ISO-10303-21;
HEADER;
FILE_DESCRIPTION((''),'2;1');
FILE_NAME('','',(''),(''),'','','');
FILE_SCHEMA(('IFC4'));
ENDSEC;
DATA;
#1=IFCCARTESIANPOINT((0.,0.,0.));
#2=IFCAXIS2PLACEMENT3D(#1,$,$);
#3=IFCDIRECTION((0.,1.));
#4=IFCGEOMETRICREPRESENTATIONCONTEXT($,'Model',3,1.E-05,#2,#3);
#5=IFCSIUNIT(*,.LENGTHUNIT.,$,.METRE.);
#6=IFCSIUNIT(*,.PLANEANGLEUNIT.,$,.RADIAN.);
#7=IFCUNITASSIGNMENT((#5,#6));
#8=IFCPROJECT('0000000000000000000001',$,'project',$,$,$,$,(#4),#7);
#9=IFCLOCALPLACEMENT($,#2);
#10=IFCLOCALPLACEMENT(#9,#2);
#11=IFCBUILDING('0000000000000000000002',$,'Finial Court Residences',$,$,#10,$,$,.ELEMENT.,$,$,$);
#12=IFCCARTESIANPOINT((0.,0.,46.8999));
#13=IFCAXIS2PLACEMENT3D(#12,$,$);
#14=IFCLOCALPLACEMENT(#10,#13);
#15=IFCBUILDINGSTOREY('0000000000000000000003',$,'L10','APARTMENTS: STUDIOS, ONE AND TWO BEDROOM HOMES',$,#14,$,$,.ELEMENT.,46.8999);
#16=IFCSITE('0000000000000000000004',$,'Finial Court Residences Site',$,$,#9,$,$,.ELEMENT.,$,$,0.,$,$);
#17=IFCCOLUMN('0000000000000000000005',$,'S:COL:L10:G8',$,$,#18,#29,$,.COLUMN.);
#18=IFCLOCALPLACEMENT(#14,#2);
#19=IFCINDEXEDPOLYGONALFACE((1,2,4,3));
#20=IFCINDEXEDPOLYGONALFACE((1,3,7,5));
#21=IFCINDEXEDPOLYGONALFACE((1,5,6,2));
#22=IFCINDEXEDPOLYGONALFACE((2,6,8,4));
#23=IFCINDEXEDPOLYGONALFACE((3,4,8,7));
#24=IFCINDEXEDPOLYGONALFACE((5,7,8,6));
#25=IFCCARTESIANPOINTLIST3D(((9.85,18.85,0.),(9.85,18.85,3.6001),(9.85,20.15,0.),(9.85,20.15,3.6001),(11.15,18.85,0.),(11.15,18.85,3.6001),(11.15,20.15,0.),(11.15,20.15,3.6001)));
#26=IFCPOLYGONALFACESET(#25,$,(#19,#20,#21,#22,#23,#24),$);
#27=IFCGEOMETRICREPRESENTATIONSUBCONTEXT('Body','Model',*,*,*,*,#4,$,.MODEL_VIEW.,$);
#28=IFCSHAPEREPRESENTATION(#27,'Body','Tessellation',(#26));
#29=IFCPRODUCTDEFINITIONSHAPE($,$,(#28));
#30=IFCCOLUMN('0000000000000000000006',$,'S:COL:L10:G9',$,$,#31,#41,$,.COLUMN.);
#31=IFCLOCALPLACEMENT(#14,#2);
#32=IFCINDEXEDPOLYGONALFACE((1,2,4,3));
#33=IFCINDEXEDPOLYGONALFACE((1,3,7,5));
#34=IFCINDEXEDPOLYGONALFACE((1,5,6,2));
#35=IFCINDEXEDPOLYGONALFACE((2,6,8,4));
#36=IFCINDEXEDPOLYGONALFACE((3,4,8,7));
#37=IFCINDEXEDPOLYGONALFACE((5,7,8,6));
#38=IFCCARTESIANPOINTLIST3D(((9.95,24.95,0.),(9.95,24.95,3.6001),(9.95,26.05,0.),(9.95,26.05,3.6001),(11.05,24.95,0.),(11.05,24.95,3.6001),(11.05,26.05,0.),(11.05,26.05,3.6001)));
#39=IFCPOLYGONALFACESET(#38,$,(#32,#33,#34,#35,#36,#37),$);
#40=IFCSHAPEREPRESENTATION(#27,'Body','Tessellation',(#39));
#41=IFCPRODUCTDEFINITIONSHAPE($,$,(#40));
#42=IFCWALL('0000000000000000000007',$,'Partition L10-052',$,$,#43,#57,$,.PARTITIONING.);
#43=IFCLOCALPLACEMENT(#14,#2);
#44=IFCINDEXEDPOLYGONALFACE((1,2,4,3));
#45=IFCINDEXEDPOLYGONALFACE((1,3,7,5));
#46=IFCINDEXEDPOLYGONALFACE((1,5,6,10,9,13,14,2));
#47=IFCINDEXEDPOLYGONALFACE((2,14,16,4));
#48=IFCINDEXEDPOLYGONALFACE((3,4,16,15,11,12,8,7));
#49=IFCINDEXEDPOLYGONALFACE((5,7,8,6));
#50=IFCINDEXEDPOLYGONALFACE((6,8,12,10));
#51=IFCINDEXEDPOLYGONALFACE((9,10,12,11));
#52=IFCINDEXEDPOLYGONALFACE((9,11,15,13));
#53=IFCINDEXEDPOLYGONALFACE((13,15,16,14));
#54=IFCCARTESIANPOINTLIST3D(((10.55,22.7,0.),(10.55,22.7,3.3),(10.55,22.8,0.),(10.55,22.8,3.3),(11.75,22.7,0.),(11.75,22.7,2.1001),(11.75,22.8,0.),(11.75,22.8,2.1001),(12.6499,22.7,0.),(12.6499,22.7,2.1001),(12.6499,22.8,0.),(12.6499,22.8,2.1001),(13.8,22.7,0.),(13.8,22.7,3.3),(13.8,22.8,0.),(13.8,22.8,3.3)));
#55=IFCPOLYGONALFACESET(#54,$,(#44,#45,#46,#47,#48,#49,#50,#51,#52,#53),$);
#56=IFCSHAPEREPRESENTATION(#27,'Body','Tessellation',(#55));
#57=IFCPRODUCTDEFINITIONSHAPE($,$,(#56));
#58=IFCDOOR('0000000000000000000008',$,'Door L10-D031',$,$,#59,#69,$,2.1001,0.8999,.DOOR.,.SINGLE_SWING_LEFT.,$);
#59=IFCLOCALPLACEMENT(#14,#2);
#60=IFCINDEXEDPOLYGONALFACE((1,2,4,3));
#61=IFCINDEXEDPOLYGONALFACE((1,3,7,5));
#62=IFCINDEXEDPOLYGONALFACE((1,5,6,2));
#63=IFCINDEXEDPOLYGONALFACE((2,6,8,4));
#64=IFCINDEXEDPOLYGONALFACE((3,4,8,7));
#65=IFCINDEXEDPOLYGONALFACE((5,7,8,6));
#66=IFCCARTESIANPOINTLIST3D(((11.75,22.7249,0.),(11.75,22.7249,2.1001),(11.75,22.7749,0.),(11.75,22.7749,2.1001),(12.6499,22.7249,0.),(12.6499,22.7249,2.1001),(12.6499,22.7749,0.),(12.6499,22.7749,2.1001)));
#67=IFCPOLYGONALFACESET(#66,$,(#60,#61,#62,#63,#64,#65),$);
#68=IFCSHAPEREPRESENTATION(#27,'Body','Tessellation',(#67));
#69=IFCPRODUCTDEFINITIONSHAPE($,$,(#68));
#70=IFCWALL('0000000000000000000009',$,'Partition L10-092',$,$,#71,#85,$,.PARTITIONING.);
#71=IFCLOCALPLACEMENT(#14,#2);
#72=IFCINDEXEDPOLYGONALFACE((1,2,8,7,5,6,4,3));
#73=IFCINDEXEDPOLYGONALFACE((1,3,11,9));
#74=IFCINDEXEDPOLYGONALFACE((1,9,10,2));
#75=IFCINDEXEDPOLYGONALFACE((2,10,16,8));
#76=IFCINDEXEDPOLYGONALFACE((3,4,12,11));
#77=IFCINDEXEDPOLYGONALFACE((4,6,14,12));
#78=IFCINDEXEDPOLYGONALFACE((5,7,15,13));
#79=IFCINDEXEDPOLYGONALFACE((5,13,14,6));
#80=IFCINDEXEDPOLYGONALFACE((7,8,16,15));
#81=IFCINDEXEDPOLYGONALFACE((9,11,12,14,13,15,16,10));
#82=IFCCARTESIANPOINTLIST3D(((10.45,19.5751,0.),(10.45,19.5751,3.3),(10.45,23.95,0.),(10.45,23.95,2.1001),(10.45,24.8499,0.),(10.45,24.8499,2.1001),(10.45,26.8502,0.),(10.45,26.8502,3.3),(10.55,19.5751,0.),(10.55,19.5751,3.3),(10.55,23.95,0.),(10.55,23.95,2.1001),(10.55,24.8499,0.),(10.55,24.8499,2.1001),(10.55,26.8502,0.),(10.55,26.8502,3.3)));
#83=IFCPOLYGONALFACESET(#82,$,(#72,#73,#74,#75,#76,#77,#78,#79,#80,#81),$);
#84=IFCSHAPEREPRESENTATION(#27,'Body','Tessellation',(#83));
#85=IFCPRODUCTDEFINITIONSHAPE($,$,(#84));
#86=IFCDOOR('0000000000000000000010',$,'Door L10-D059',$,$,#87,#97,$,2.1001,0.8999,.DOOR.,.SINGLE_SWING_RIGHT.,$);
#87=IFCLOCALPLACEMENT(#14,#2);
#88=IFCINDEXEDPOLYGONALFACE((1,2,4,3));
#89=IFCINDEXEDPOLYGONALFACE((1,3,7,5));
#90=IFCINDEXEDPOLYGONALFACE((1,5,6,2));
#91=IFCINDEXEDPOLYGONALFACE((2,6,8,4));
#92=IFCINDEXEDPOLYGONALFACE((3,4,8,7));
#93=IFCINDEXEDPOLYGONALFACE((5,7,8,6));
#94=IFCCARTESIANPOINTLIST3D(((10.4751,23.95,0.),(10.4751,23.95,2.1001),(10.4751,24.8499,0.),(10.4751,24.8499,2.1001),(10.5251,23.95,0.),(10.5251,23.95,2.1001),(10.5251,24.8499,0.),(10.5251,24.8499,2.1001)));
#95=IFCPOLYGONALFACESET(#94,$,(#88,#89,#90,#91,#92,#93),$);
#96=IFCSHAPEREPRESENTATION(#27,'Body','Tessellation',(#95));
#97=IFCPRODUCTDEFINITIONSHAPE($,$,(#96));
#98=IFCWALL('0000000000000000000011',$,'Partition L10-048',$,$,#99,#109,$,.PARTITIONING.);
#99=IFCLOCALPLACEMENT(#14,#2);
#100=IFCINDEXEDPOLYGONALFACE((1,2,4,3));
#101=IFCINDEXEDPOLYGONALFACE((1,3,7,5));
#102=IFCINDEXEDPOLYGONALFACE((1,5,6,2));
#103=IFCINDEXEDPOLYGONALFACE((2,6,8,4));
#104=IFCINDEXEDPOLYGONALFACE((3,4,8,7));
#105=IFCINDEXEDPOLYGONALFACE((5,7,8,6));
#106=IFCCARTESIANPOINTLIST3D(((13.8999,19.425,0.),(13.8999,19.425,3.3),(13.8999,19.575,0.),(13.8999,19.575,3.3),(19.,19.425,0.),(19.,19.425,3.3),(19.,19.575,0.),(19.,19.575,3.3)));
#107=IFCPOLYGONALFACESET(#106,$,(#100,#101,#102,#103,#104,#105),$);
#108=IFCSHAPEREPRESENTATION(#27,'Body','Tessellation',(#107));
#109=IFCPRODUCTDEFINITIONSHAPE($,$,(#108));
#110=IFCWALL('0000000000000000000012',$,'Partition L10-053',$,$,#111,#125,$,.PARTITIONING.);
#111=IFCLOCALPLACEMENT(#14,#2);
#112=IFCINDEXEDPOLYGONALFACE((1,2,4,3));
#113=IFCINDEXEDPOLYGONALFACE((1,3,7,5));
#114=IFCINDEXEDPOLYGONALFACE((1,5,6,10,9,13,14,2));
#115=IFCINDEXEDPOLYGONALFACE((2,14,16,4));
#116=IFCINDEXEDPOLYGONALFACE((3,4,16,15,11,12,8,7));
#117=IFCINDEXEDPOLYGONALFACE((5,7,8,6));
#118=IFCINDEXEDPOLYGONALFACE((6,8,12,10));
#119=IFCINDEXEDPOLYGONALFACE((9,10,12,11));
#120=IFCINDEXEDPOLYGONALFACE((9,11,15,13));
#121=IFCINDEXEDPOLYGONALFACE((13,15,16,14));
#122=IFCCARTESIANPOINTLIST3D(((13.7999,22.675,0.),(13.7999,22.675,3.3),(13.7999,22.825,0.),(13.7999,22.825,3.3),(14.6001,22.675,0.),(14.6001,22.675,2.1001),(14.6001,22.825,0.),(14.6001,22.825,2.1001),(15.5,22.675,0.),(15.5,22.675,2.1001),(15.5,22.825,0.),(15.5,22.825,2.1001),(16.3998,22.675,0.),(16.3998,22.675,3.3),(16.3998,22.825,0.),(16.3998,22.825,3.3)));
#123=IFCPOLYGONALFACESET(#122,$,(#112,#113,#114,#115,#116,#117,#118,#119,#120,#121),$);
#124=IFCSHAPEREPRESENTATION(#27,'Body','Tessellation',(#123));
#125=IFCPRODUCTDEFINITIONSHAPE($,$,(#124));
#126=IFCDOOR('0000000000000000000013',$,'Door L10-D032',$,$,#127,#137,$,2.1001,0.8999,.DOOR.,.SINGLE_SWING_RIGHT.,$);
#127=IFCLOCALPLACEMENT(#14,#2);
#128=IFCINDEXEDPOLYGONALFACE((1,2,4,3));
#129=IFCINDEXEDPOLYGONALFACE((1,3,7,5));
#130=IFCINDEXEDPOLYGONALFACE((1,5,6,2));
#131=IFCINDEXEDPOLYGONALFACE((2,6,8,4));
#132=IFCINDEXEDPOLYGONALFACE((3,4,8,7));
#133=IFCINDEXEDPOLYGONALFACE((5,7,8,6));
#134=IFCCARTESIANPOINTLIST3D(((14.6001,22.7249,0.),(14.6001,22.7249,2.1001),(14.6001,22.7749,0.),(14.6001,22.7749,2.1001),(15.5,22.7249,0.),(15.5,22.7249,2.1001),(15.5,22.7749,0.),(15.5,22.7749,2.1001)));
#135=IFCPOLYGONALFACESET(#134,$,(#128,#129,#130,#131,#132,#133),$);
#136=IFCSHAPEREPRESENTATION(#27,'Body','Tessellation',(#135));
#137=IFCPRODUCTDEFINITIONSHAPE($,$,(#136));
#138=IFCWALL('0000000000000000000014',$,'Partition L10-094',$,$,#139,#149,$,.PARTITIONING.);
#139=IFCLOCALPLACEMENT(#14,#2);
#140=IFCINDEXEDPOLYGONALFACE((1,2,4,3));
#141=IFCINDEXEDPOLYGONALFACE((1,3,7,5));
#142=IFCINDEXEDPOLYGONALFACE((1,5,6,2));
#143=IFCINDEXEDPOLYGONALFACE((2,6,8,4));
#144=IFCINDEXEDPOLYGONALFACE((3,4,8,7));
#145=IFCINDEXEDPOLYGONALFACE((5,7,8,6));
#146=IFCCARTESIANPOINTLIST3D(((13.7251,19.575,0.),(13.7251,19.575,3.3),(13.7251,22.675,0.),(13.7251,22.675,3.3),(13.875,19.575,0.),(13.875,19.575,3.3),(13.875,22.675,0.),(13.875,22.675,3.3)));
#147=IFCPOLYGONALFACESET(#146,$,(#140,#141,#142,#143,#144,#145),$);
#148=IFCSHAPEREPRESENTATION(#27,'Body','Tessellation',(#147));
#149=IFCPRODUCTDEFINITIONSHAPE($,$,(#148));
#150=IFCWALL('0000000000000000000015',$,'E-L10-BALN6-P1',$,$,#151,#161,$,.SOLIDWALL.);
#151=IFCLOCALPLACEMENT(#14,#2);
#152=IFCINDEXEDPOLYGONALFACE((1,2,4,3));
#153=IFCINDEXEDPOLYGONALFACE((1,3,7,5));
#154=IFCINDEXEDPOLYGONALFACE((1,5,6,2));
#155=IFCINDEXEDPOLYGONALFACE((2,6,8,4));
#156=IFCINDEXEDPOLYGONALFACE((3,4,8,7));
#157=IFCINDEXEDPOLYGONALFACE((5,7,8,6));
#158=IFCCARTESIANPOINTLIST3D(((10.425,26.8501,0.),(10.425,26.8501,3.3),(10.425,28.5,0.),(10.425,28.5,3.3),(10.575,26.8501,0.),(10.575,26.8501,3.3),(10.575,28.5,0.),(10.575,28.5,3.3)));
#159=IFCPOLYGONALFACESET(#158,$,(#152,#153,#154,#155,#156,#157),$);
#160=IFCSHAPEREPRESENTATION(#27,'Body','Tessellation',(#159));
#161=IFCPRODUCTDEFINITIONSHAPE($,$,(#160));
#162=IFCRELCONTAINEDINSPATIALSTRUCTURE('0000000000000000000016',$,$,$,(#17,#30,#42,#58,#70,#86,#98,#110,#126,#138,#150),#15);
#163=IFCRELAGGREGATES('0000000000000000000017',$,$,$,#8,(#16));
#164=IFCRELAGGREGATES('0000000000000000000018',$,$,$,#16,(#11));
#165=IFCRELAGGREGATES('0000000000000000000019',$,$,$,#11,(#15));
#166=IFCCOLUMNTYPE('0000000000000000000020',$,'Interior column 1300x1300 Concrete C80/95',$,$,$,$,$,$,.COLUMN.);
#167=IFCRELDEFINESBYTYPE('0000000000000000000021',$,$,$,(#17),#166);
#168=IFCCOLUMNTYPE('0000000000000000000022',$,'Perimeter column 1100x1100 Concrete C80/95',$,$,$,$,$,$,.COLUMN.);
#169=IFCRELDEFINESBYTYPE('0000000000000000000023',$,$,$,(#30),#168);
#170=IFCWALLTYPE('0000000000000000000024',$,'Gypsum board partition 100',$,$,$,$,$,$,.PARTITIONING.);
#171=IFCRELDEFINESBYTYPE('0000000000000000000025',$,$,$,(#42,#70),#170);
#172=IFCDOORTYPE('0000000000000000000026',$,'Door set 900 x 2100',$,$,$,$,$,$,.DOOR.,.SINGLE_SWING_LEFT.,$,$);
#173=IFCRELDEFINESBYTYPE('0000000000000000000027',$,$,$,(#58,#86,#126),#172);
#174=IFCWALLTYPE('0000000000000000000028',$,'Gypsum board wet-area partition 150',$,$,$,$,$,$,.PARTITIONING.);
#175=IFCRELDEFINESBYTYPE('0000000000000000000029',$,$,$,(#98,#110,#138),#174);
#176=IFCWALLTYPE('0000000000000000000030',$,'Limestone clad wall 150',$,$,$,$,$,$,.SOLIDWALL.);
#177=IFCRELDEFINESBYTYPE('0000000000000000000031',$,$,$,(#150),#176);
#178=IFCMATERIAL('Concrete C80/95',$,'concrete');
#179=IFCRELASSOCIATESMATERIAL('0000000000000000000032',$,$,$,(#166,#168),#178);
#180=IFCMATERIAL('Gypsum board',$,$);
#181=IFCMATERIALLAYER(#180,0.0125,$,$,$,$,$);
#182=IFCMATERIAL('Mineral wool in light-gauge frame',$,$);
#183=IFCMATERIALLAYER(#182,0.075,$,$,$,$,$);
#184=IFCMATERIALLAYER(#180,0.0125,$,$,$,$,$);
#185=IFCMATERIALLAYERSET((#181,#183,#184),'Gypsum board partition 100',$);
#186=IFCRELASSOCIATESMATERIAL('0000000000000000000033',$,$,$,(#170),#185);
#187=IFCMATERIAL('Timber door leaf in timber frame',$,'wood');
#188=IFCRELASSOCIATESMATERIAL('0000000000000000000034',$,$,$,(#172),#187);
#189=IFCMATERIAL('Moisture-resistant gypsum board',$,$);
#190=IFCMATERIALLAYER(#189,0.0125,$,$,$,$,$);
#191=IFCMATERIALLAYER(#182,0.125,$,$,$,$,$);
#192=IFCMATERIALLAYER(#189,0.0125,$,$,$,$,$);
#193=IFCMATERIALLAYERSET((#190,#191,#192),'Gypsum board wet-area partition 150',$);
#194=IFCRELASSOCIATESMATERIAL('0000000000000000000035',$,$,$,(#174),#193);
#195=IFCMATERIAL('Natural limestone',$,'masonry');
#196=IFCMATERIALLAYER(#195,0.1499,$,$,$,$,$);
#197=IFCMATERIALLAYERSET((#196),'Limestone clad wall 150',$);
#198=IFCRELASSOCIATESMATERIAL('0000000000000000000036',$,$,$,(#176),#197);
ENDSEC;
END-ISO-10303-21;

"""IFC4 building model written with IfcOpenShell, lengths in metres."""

from ifc_helpers import new_model, si_unit, direction, frame, frame_2d, origin, origin_2d, place, context, subcontext, project, spatial, rectangle, extrude, material, layer, layer_set, material_profile, profile_set, type_object, element, fill, save


model = new_model("IFC4")

# Units and contexts
model_context = context("Model", 3, precision=1e-05, world=origin(), true_north=direction((0.0, 1.0)))
body_context = subcontext(model_context, "Body", "Model", "MODEL_VIEW")
ifc_project = project(units=[si_unit("LENGTHUNIT", "METRE"), si_unit("PLANEANGLEUNIT", "RADIAN")], contexts=[model_context])

# Site, building, storey
site_placement = place(None, origin())
site = spatial("IfcSite", under=ifc_project, at=site_placement, Name="Finial Court Residences Site", CompositionType="ELEMENT", RefElevation=0.0)
building_placement = place(site_placement, origin())
building = spatial("IfcBuilding", under=site, at=building_placement, Name="Finial Court Residences", CompositionType="ELEMENT")
storey_placement = place(building_placement, frame((0.0, 0.0, 46.8999)))
storey = spatial("IfcBuildingStorey", under=building, at=storey_placement, Name="L10", Description="APARTMENTS: STUDIOS, ONE AND TWO BEDROOM HOMES", CompositionType="ELEMENT", Elevation=46.8999)

# Columns
ifc_material_1 = material(Name="Concrete C80/95", Category="concrete")
ifc_material_profile_1 = material_profile(ifc_material_1, rectangle(XDim=1.3, YDim=1.3, at=origin_2d()), Name="1300x1300")
ifc_profile_set_1 = profile_set([ifc_material_profile_1], Name="Concrete C80/95")
column_type_1 = type_object("IfcColumnType", Name="Interior column 1300x1300 Concrete C80/95", PredefinedType="COLUMN", material=ifc_profile_set_1)
column_1_placement = place(storey_placement, frame((10.5, 19.5, 0.0), z_axis=(0.0, 0.0, 1.0), x_axis=(1.0, 0.0, 0.0)))
element("IfcColumn", 1, at=column_1_placement, inside=storey, type_object=column_type_1, Name="S:COL:L10:G8", PredefinedType="COLUMN", context=body_context, shape_type="SweptSolid", body=[
    extrude(rectangle(XDim=1.3, YDim=1.3, at=origin_2d()), origin(), (0.0, 0.0, 1.0), 3.6001),
])
ifc_material_profile_2 = material_profile(ifc_material_1, rectangle(XDim=1.1001, YDim=1.1001, at=origin_2d()), Name="1100x1100")
ifc_profile_set_2 = profile_set([ifc_material_profile_2], Name="Concrete C80/95")
column_type_2 = type_object("IfcColumnType", Name="Perimeter column 1100x1100 Concrete C80/95", PredefinedType="COLUMN", material=ifc_profile_set_2)
column_2_placement = place(storey_placement, frame((10.5, 25.5, 0.0), z_axis=(0.0, 0.0, 1.0), x_axis=(1.0, 0.0, 0.0)))
element("IfcColumn", 2, at=column_2_placement, inside=storey, type_object=column_type_2, Name="S:COL:L10:G9", PredefinedType="COLUMN", context=body_context, shape_type="SweptSolid", body=[
    extrude(rectangle(XDim=1.1001, YDim=1.1001, at=origin_2d()), origin(), (0.0, 0.0, 1.0), 3.6001),
])

# Walls, openings, doors
ifc_material_2 = material(Name="Gypsum board")
ifc_layer_1 = layer(ifc_material_2, 0.0125)
ifc_material_3 = material(Name="Mineral wool in light-gauge frame")
ifc_layer_2 = layer(ifc_material_3, 0.075)
ifc_layer_3 = layer(ifc_material_2, 0.0125)
ifc_layer_set_1 = layer_set([ifc_layer_1, ifc_layer_2, ifc_layer_3], Name="Gypsum board partition 100")
wall_type_1 = type_object("IfcWallType", Name="Gypsum board partition 100", PredefinedType="PARTITIONING", material=ifc_layer_set_1)
wall_1_placement = place(storey_placement, frame((10.55, 22.75, 0.0), z_axis=(0.0, 0.0, 1.0), x_axis=(1.0, 0.0, 0.0)))
wall_1 = element("IfcWall", 3, at=wall_1_placement, inside=storey, type_object=wall_type_1, Name="Partition L10-052", PredefinedType="PARTITIONING", context=body_context, shape_type="SweptSolid", body=[
    extrude(rectangle(XDim=3.25, YDim=0.1001, at=frame_2d((1.625, 0.0))), origin(), (0.0, 0.0, 1.0), 3.3),
])
opening_1_placement = place(wall_1_placement, frame((1.2, 0.0, 0.0)))
opening_1 = element("IfcOpeningElement", 4, at=opening_1_placement, cuts=wall_1, PredefinedType="OPENING", context=body_context, shape_type="SweptSolid", body=[
    extrude(rectangle(XDim=0.8999, YDim=2.1001, at=frame_2d((0.45, 1.05))), frame((0.0, 0.0601, 0.0), z_axis=(0.0, -1.0, 0.0), x_axis=(1.0, 0.0, 0.0)), (0.0, 0.0, 1.0), 0.1201),
])
ifc_material_4 = material(Name="Timber door leaf in timber frame", Category="wood")
door_type_1 = type_object("IfcDoorType", Name="Door set 900 x 2100", OperationType="SINGLE_SWING_LEFT", PredefinedType="DOOR", material=ifc_material_4)
door_1_placement = place(opening_1_placement, origin())
door_1 = element("IfcDoor", 5, at=door_1_placement, inside=storey, type_object=door_type_1, Name="Door L10-D031", OperationType="SINGLE_SWING_LEFT", OverallHeight=2.1001, OverallWidth=0.8999, PredefinedType="DOOR", context=body_context, shape_type="SweptSolid", body=[
    extrude(rectangle(XDim=0.8999, YDim=2.1001, at=frame_2d((0.45, 1.05))), frame((0.0, 0.0249, 0.0), z_axis=(0.0, -1.0, 0.0), x_axis=(1.0, 0.0, 0.0)), (0.0, 0.0, 1.0), 0.05),
])
fill(opening_1, door_1)
wall_2_placement = place(storey_placement, frame((10.5, 19.575, 0.0), z_axis=(0.0, 0.0, 1.0), x_axis=(0.0, 1.0, 0.0)))
wall_2 = element("IfcWall", 6, at=wall_2_placement, inside=storey, type_object=wall_type_1, Name="Partition L10-092", PredefinedType="PARTITIONING", context=body_context, shape_type="SweptSolid", body=[
    extrude(rectangle(XDim=7.2751, YDim=0.1001, at=frame_2d((3.6377, 0.0))), origin(), (0.0, 0.0, 1.0), 3.3),
])
opening_2_placement = place(wall_2_placement, frame((4.375, 0.0, 0.0)))
opening_2 = element("IfcOpeningElement", 7, at=opening_2_placement, cuts=wall_2, PredefinedType="OPENING", context=body_context, shape_type="SweptSolid", body=[
    extrude(rectangle(XDim=0.8999, YDim=2.1001, at=frame_2d((0.45, 1.05))), frame((0.0, 0.0601, 0.0), z_axis=(0.0, -1.0, 0.0), x_axis=(1.0, 0.0, 0.0)), (0.0, 0.0, 1.0), 0.1201),
])
door_2_placement = place(opening_2_placement, origin())
door_2 = element("IfcDoor", 8, at=door_2_placement, inside=storey, type_object=door_type_1, Name="Door L10-D059", OperationType="SINGLE_SWING_RIGHT", OverallHeight=2.1001, OverallWidth=0.8999, PredefinedType="DOOR", context=body_context, shape_type="SweptSolid", body=[
    extrude(rectangle(XDim=0.8999, YDim=2.1001, at=frame_2d((0.45, 1.05))), frame((0.0, 0.0249, 0.0), z_axis=(0.0, -1.0, 0.0), x_axis=(1.0, 0.0, 0.0)), (0.0, 0.0, 1.0), 0.05),
])
fill(opening_2, door_2)

# Wall
ifc_material_5 = material(Name="Moisture-resistant gypsum board")
ifc_layer_4 = layer(ifc_material_5, 0.0125)
ifc_layer_5 = layer(ifc_material_3, 0.125)
ifc_layer_6 = layer(ifc_material_5, 0.0125)
ifc_layer_set_2 = layer_set([ifc_layer_4, ifc_layer_5, ifc_layer_6], Name="Gypsum board wet-area partition 150")
wall_type_2 = type_object("IfcWallType", Name="Gypsum board wet-area partition 150", PredefinedType="PARTITIONING", material=ifc_layer_set_2)
wall_3_placement = place(storey_placement, frame((13.8999, 19.5, 0.0), z_axis=(0.0, 0.0, 1.0), x_axis=(1.0, 0.0, 0.0)))
element("IfcWall", 9, at=wall_3_placement, inside=storey, type_object=wall_type_2, Name="Partition L10-048", PredefinedType="PARTITIONING", context=body_context, shape_type="SweptSolid", body=[
    extrude(rectangle(XDim=5.1001, YDim=0.1499, at=frame_2d((2.55, 0.0))), origin(), (0.0, 0.0, 1.0), 3.3),
])

# Wall, opening, door
wall_4_placement = place(storey_placement, frame((13.8, 22.75, 0.0), z_axis=(0.0, 0.0, 1.0), x_axis=(1.0, 0.0, 0.0)))
wall_4 = element("IfcWall", 10, at=wall_4_placement, inside=storey, type_object=wall_type_2, Name="Partition L10-053", PredefinedType="PARTITIONING", context=body_context, shape_type="SweptSolid", body=[
    extrude(rectangle(XDim=2.5999, YDim=0.1499, at=frame_2d((1.2998, 0.0))), origin(), (0.0, 0.0, 1.0), 3.3),
])
opening_3_placement = place(wall_4_placement, frame((0.8, 0.0, 0.0)))
opening_3 = element("IfcOpeningElement", 11, at=opening_3_placement, cuts=wall_4, PredefinedType="OPENING", context=body_context, shape_type="SweptSolid", body=[
    extrude(rectangle(XDim=0.8999, YDim=2.1001, at=frame_2d((0.45, 1.05))), frame((0.0, 0.085, 0.0), z_axis=(0.0, -1.0, 0.0), x_axis=(1.0, 0.0, 0.0)), (0.0, 0.0, 1.0), 0.1699),
])
door_3_placement = place(opening_3_placement, origin())
door_3 = element("IfcDoor", 12, at=door_3_placement, inside=storey, type_object=door_type_1, Name="Door L10-D032", OperationType="SINGLE_SWING_RIGHT", OverallHeight=2.1001, OverallWidth=0.8999, PredefinedType="DOOR", context=body_context, shape_type="SweptSolid", body=[
    extrude(rectangle(XDim=0.8999, YDim=2.1001, at=frame_2d((0.45, 1.05))), frame((0.0, 0.0249, 0.0), z_axis=(0.0, -1.0, 0.0), x_axis=(1.0, 0.0, 0.0)), (0.0, 0.0, 1.0), 0.05),
])
fill(opening_3, door_3)

# Walls
wall_5_placement = place(storey_placement, frame((13.8, 19.575, 0.0), z_axis=(0.0, 0.0, 1.0), x_axis=(0.0, 1.0, 0.0)))
element("IfcWall", 13, at=wall_5_placement, inside=storey, type_object=wall_type_2, Name="Partition L10-094", PredefinedType="PARTITIONING", context=body_context, shape_type="SweptSolid", body=[
    extrude(rectangle(XDim=3.1001, YDim=0.1499, at=frame_2d((1.55, 0.0))), origin(), (0.0, 0.0, 1.0), 3.3),
])
ifc_material_6 = material(Name="Natural limestone", Category="masonry")
ifc_layer_7 = layer(ifc_material_6, 0.1499)
ifc_layer_set_3 = layer_set([ifc_layer_7], Name="Limestone clad wall 150")
wall_type_3 = type_object("IfcWallType", Name="Limestone clad wall 150", PredefinedType="SOLIDWALL", material=ifc_layer_set_3)
wall_6_placement = place(storey_placement, frame((10.5, 26.8501, 0.0), z_axis=(0.0, 0.0, 1.0), x_axis=(0.0, 1.0, 0.0)))
element("IfcWall", 14, at=wall_6_placement, inside=storey, type_object=wall_type_3, Name="E-L10-BALN6-P1", PredefinedType="SOLIDWALL", context=body_context, shape_type="SweptSolid", body=[
    extrude(rectangle(XDim=1.6499, YDim=0.1499, at=frame_2d((0.825, 0.0))), origin(), (0.0, 0.0, 1.0), 3.3),
])

save(model, "model.ifc")
